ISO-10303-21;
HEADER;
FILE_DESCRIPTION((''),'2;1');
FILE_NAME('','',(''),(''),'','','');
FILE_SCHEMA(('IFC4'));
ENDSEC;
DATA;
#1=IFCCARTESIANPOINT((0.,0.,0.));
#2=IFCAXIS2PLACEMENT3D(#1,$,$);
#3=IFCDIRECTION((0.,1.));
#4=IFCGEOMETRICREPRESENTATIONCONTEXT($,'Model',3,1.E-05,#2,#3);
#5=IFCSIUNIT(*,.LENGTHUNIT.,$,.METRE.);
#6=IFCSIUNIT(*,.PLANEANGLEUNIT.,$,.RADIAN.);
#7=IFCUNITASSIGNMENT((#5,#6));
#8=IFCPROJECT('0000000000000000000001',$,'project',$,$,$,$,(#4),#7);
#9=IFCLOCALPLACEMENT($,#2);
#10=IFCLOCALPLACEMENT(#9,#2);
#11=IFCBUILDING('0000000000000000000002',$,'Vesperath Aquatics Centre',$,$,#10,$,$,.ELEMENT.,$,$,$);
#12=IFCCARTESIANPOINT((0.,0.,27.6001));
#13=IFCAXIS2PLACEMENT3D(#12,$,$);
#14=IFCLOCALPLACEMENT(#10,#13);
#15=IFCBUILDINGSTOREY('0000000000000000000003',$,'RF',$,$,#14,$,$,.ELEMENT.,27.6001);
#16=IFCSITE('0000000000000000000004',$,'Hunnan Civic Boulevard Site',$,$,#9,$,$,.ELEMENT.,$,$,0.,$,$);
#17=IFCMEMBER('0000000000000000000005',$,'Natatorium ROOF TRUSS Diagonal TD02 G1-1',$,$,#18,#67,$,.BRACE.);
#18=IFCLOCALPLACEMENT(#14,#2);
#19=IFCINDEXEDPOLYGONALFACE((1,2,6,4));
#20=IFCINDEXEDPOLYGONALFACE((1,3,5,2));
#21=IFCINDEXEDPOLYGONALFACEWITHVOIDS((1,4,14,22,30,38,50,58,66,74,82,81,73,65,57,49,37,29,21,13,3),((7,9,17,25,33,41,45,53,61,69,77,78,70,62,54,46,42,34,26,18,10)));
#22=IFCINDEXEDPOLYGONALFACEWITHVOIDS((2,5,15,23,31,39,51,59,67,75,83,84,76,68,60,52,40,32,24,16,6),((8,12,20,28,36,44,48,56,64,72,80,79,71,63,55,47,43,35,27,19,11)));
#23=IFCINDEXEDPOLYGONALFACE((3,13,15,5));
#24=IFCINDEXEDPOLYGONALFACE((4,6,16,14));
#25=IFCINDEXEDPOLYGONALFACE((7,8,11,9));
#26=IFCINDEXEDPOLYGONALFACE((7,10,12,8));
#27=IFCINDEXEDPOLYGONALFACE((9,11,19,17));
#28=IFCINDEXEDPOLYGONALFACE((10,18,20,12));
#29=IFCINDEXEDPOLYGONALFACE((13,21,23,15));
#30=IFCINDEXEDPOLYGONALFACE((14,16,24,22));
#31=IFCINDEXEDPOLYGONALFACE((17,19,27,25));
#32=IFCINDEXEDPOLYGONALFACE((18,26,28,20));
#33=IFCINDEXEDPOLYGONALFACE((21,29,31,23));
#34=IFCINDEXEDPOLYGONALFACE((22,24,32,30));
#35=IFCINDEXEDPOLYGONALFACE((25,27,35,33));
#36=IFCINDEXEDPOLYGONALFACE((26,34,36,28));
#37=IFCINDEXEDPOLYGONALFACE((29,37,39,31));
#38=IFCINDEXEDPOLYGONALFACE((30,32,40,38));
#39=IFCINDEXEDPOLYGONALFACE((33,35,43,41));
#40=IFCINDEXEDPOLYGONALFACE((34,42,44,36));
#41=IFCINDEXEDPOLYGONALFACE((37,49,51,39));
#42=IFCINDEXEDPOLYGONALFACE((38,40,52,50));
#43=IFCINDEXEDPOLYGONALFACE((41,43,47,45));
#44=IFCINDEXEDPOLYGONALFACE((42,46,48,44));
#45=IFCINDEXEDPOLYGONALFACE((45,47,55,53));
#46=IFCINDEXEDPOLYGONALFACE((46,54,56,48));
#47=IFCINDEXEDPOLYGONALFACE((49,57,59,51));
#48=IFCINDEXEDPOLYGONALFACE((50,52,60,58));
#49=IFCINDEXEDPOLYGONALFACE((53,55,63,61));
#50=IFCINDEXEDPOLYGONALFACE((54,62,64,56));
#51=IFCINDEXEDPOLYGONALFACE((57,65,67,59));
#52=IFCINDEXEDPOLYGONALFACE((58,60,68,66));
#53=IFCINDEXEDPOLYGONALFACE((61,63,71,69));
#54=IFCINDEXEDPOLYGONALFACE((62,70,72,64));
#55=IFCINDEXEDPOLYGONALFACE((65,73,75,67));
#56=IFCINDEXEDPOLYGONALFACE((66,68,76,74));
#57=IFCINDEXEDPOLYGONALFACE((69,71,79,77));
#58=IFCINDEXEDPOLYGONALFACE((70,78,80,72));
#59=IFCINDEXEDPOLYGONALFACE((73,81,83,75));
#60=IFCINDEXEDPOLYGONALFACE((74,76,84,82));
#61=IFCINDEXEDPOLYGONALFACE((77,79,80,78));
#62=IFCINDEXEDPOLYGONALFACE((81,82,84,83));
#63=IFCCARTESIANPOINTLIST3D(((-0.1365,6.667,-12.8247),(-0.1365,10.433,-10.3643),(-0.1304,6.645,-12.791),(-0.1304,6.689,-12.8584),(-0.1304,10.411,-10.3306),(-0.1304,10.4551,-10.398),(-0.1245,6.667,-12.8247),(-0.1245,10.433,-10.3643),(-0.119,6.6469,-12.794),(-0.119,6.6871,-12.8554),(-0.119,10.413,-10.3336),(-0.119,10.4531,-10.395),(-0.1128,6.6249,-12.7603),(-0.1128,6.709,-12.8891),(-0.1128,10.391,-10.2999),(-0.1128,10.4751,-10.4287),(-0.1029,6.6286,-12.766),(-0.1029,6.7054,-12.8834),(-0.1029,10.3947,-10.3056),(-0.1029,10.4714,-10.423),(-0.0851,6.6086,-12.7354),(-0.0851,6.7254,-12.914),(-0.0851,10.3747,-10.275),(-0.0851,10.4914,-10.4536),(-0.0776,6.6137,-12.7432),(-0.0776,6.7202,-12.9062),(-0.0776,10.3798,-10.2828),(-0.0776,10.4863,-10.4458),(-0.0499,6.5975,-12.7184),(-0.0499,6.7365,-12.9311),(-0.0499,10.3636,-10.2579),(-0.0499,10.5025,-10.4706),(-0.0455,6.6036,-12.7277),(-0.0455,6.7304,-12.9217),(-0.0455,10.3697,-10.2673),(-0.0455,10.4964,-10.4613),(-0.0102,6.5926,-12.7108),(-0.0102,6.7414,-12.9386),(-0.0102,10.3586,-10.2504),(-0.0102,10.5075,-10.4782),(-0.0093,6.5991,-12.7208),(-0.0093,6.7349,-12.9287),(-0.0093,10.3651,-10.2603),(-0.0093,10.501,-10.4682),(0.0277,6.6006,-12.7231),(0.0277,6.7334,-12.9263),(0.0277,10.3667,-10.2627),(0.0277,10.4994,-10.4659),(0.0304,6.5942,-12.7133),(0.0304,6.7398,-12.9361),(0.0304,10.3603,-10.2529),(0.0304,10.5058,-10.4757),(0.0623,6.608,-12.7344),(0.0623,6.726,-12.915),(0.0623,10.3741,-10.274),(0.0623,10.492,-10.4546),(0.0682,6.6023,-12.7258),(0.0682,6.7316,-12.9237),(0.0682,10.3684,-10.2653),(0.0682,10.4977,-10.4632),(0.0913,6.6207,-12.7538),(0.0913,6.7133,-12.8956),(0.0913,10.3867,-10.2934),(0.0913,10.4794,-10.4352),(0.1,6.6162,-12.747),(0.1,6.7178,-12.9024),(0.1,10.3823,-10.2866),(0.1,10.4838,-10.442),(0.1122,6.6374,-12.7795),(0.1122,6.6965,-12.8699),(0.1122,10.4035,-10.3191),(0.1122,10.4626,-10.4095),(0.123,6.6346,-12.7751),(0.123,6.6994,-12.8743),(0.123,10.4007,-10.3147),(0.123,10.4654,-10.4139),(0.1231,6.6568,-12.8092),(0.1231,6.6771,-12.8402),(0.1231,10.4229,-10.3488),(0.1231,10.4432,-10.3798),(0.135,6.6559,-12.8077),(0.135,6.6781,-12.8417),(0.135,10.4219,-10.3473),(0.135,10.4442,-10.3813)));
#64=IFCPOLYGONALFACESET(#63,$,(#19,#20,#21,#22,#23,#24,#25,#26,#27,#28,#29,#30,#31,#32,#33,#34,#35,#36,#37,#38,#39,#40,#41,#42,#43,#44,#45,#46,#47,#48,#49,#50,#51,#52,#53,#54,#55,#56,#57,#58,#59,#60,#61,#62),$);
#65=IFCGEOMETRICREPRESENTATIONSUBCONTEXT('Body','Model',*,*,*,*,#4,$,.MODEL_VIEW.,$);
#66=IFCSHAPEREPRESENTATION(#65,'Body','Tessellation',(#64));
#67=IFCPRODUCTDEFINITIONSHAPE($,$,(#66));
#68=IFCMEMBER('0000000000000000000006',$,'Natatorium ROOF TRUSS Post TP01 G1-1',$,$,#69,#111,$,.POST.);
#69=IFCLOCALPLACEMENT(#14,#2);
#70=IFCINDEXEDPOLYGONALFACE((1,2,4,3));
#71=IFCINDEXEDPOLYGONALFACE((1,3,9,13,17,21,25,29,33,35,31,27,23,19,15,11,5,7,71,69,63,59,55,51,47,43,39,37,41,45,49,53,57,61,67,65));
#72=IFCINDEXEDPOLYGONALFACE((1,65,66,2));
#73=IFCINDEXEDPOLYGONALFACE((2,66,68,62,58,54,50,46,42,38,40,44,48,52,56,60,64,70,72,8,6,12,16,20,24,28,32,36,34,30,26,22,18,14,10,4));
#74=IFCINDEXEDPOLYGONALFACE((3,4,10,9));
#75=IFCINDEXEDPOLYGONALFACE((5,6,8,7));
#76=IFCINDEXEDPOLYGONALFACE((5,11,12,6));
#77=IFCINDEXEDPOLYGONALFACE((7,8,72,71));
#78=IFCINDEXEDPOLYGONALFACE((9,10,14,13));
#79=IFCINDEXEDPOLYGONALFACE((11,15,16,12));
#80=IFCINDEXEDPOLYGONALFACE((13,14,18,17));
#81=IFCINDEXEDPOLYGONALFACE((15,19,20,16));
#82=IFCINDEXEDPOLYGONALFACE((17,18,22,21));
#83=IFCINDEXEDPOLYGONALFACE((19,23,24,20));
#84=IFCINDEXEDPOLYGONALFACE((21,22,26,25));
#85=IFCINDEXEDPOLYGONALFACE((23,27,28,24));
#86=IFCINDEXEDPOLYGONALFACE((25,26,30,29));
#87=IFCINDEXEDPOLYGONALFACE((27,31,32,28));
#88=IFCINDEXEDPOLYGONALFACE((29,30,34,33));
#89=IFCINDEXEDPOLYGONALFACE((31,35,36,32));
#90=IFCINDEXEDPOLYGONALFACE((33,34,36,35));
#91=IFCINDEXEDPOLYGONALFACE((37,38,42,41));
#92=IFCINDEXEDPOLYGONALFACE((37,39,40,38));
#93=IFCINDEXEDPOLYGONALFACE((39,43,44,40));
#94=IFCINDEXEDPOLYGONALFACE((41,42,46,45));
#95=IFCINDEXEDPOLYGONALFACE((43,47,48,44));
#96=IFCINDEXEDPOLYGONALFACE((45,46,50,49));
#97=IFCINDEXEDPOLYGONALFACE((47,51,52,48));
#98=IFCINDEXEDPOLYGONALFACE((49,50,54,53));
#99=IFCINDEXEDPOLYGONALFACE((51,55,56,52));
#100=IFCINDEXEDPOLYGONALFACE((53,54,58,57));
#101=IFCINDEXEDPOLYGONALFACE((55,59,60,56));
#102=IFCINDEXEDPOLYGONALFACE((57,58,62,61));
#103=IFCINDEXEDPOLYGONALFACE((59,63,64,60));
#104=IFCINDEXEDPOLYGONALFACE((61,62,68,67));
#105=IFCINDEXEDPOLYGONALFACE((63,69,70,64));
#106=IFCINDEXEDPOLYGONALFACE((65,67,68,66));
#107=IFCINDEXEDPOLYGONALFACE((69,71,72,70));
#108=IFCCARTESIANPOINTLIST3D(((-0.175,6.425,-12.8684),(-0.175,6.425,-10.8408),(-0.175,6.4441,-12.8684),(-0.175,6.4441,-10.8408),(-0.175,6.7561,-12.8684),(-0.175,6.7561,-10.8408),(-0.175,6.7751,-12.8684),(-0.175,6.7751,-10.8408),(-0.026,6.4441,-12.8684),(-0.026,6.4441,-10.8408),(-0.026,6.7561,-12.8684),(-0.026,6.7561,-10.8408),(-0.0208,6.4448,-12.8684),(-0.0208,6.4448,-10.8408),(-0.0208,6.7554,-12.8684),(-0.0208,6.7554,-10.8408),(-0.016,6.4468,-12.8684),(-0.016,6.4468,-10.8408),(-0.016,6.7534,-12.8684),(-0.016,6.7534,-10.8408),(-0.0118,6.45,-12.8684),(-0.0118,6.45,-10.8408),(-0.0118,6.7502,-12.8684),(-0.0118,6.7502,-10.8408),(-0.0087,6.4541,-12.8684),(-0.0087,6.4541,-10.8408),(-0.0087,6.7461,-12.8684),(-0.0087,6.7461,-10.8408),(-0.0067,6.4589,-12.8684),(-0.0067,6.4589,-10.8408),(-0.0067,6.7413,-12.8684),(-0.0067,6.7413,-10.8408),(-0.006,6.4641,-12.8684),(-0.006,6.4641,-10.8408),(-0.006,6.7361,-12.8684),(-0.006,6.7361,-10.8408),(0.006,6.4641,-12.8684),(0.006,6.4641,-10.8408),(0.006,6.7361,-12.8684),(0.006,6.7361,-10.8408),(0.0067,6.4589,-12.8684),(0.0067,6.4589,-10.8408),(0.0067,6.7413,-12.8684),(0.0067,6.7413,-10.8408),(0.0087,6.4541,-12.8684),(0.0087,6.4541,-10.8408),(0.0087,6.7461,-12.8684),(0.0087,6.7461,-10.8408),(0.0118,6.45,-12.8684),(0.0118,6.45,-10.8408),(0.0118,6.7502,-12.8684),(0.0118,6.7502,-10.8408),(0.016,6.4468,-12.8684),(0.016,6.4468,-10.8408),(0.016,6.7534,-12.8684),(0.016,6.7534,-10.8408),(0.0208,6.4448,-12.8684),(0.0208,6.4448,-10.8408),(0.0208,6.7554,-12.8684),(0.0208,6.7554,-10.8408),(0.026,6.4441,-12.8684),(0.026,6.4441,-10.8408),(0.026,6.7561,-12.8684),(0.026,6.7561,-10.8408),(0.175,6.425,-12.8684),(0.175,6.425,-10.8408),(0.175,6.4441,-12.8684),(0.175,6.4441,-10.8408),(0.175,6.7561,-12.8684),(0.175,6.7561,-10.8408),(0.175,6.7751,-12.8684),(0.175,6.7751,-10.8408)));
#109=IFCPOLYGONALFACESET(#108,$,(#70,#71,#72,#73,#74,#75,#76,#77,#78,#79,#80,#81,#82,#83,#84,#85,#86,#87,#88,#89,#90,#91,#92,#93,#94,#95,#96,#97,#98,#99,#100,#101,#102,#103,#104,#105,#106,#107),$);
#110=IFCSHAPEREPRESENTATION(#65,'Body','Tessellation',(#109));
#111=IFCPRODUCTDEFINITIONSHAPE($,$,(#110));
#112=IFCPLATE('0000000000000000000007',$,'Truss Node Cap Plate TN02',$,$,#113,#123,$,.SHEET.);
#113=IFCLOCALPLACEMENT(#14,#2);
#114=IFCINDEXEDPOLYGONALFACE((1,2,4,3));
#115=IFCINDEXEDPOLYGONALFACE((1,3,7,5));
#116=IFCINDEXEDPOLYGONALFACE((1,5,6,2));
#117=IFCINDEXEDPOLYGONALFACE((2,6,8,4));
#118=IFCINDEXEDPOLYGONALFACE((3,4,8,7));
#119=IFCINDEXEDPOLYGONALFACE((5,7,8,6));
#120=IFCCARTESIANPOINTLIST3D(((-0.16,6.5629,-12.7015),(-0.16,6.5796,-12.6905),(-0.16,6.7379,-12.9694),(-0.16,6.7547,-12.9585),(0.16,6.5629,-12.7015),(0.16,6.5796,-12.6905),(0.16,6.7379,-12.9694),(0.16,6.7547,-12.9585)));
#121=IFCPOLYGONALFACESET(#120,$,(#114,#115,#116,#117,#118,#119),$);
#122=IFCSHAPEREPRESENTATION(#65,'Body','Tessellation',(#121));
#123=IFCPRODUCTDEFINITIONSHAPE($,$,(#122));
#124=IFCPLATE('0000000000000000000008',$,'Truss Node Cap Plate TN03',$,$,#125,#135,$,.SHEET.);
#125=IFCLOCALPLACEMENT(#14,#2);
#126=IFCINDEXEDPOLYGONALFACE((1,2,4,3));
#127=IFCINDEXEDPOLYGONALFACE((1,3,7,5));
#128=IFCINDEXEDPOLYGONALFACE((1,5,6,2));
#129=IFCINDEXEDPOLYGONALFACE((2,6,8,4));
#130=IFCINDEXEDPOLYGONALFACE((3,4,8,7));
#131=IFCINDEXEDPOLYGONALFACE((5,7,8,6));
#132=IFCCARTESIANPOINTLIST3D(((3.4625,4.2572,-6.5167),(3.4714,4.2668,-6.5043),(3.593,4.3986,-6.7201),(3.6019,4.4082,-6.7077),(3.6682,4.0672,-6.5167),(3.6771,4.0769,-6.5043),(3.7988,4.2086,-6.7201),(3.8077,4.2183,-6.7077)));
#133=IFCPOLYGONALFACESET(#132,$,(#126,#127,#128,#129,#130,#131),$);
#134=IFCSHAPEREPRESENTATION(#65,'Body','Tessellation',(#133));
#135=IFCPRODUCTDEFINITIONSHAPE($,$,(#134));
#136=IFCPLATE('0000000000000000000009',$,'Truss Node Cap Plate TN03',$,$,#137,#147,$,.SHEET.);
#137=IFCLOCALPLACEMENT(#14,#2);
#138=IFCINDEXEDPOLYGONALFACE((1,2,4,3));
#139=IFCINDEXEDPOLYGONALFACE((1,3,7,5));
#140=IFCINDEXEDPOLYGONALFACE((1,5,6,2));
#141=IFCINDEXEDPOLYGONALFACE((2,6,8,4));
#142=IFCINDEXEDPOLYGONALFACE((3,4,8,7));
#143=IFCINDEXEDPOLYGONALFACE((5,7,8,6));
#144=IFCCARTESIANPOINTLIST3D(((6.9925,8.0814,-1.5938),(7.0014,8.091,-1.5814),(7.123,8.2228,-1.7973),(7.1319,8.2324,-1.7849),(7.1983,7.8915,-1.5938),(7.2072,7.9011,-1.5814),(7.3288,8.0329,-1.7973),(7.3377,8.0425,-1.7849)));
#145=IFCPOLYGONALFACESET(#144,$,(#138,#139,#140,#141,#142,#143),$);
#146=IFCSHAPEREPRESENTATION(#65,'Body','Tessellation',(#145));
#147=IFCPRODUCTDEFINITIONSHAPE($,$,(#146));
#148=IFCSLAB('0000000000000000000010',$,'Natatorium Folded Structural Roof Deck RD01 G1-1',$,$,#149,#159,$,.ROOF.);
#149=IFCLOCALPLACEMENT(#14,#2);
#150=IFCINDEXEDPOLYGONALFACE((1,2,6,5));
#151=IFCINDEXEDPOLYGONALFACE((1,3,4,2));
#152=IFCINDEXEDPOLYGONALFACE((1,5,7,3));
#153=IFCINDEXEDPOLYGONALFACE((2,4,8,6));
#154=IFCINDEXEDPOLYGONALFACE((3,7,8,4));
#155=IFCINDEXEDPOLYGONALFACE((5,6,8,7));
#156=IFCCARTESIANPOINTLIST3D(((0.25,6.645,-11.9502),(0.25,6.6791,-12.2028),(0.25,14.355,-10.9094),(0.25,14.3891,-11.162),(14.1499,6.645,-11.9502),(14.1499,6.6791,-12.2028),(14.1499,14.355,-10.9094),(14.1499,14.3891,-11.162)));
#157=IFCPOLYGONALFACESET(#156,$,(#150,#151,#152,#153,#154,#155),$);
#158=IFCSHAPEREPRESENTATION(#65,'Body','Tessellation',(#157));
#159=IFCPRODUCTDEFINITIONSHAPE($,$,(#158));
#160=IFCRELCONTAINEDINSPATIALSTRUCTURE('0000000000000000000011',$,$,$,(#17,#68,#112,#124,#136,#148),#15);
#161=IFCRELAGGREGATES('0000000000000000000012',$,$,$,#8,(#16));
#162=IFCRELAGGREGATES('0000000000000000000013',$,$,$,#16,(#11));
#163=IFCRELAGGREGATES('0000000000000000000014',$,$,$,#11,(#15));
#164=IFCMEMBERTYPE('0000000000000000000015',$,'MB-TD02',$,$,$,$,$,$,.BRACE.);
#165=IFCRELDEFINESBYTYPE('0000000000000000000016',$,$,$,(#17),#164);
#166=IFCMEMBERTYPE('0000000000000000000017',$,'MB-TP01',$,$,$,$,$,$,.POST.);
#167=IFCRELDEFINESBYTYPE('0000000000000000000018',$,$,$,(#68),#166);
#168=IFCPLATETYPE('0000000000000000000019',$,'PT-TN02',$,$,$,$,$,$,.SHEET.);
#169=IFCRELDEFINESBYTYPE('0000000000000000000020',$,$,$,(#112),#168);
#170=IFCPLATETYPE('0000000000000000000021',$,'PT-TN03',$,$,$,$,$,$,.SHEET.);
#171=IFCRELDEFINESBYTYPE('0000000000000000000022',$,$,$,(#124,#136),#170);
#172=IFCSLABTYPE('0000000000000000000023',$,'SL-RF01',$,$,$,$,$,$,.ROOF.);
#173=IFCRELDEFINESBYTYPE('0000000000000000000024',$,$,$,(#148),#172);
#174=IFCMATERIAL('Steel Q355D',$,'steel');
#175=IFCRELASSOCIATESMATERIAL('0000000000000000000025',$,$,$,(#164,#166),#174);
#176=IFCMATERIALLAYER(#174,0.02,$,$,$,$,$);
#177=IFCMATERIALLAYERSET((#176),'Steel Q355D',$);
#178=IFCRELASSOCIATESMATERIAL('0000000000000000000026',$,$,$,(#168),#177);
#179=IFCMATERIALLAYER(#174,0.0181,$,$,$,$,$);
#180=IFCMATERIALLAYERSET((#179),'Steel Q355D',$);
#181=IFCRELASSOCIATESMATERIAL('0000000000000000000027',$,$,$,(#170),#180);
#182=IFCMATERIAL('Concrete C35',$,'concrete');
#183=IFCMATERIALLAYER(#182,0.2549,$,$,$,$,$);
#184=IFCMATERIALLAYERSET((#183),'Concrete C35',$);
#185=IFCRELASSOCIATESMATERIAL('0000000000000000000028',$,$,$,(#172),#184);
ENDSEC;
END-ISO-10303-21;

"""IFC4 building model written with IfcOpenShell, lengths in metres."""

from ifc_helpers import new_model, si_unit, direction, frame, origin, origin_2d, place, context, subcontext, project, spatial, polyline, rectangle, hollow_circle, i_section, outline, extrude, material, layer, layer_set, material_profile, profile_set, type_object, element, save


model = new_model("IFC4")

# Units and contexts
model_context = context("Model", 3, precision=1e-05, world=origin(), true_north=direction((0.0, 1.0)))
body_context = subcontext(model_context, "Body", "Model", "MODEL_VIEW")
ifc_project = project(units=[si_unit("LENGTHUNIT", "METRE"), si_unit("PLANEANGLEUNIT", "RADIAN")], contexts=[model_context])

# Site, building, storey
site_placement = place(None, origin())
site = spatial("IfcSite", under=ifc_project, at=site_placement, Name="Hunnan Civic Boulevard Site", CompositionType="ELEMENT", RefElevation=0.0)
building_placement = place(site_placement, origin())
building = spatial("IfcBuilding", under=site, at=building_placement, Name="Vesperath Aquatics Centre", CompositionType="ELEMENT")
storey_placement = place(building_placement, frame((0.0, 0.0, 27.6001)))
storey = spatial("IfcBuildingStorey", under=building, at=storey_placement, Name="RF", CompositionType="ELEMENT", Elevation=27.6001)

# Members
ifc_material_1 = material(Name="Steel Q355D", Category="steel")
ifc_material_profile_1 = material_profile(ifc_material_1, hollow_circle(Radius=0.1365, WallThickness=0.012, at=origin_2d()), Name="CHS 273.0x12")
ifc_profile_set_1 = profile_set([ifc_material_profile_1], Name="Steel Q355D")
member_type_1 = type_object("IfcMemberType", Name="MB-TD02", PredefinedType="BRACE", material=ifc_profile_set_1)
member_1_placement = place(storey_placement, frame((0.0, 6.667, -12.8247), z_axis=(0.0, 0.837174, 0.546936), x_axis=(-1.0, 0.0, 0.0)))
element("IfcMember", 1, at=member_1_placement, inside=storey, type_object=member_type_1, Name="Natatorium ROOF TRUSS Diagonal TD02 G1-1", PredefinedType="BRACE", context=body_context, shape_type="SweptSolid", body=[
    extrude(hollow_circle(Radius=0.1365, WallThickness=0.012, at=origin_2d()), origin(), (0.0, 0.0, 1.0), 4.4985),
])
ifc_material_profile_2 = material_profile(ifc_material_1, i_section(OverallWidth=0.3501, OverallDepth=0.3501, WebThickness=0.012, FlangeThickness=0.019, FilletRadius=0.02, at=origin_2d()), Name="HW 350x350x12x19")
ifc_profile_set_2 = profile_set([ifc_material_profile_2], Name="Steel Q355D")
member_type_2 = type_object("IfcMemberType", Name="MB-TP01", PredefinedType="POST", material=ifc_profile_set_2)
member_2_placement = place(storey_placement, frame((0.0, 6.6001, -12.8684), z_axis=(0.0, 0.0, 1.0), x_axis=(1.0, 0.0, 0.0)))
element("IfcMember", 2, at=member_2_placement, inside=storey, type_object=member_type_2, Name="Natatorium ROOF TRUSS Post TP01 G1-1", PredefinedType="POST", context=body_context, shape_type="SweptSolid", body=[
    extrude(i_section(OverallWidth=0.3501, OverallDepth=0.3501, WebThickness=0.012, FlangeThickness=0.019, FilletRadius=0.02, at=origin_2d()), origin(), (0.0, 0.0, 1.0), 2.0276),
])

# Plates
ifc_layer_1 = layer(ifc_material_1, 0.02)
ifc_layer_set_1 = layer_set([ifc_layer_1], Name="Steel Q355D")
plate_type_1 = type_object("IfcPlateType", Name="PT-TN02", PredefinedType="SHEET", material=ifc_layer_set_1)
plate_placement = place(storey_placement, frame((0.0, 6.6504, -12.8354), z_axis=(0.0, 0.837176, 0.546934), x_axis=(-1.0, 0.0, 0.0)))
element("IfcPlate", 3, at=plate_placement, inside=storey, type_object=plate_type_1, Name="Truss Node Cap Plate TN02", PredefinedType="SHEET", context=body_context, shape_type="SweptSolid", body=[
    extrude(rectangle(XDim=0.3201, YDim=0.3201, at=origin_2d()), origin(), (0.0, 0.0, 1.0), 0.02),
])
ifc_layer_2 = layer(ifc_material_1, 0.0181)
ifc_layer_set_2 = layer_set([ifc_layer_2], Name="Steel Q355D")
plate_type_2 = type_object("IfcPlateType", Name="PT-TN03", PredefinedType="SHEET", material=ifc_layer_set_2)
for number, where, z_axis, x_axis, name in (
    (4, (3.6306, 4.2329, -6.6184), (0.492765, 0.533829, 0.687175), (-0.734803, 0.67828, 0.0), "Truss Node Cap Plate TN03"),
    (5, (7.1606, 8.0571, -1.6956), (0.492765, 0.533829, 0.687175), (-0.734803, 0.67828, 0.0), "Truss Node Cap Plate TN03"),
):
    element("IfcPlate", number, at=place(storey_placement, frame(where, z_axis=z_axis, x_axis=x_axis)), inside=storey, type_object=plate_type_2, Name=name, PredefinedType="SHEET", context=body_context, shape_type="SweptSolid", body=[
        extrude(rectangle(XDim=0.28, YDim=0.28, at=origin_2d()), origin(), (0.0, 0.0, 1.0), 0.0181),
    ])

# Slab
ifc_material_2 = material(Name="Concrete C35", Category="concrete")
ifc_layer_3 = layer(ifc_material_2, 0.2549)
ifc_layer_set_3 = layer_set([ifc_layer_3], Name="Concrete C35")
slab_type_1 = type_object("IfcSlabType", Name="SL-RF01", PredefinedType="ROOF", material=ifc_layer_set_3)
slab_1_placement = place(storey_placement, frame((0.25, 6.645, -11.9502), z_axis=(0.0, -0.133777, 0.991011), x_axis=(1.0, 0.0, 0.0)))
element("IfcSlab", 6, at=slab_1_placement, inside=storey, type_object=slab_type_1, Name="Natatorium Folded Structural Roof Deck RD01 G1-1", PredefinedType="ROOF", context=body_context, shape_type="SweptSolid", body=[
    extrude(outline(polyline([(0.0, 0.0), (13.8999, 0.0), (13.8999, 7.7799), (0.0, 7.7799), (0.0, 0.0)])), origin(), (0.0, 0.0, -1.0), 0.2549),
])

save(model, "model.ifc")
